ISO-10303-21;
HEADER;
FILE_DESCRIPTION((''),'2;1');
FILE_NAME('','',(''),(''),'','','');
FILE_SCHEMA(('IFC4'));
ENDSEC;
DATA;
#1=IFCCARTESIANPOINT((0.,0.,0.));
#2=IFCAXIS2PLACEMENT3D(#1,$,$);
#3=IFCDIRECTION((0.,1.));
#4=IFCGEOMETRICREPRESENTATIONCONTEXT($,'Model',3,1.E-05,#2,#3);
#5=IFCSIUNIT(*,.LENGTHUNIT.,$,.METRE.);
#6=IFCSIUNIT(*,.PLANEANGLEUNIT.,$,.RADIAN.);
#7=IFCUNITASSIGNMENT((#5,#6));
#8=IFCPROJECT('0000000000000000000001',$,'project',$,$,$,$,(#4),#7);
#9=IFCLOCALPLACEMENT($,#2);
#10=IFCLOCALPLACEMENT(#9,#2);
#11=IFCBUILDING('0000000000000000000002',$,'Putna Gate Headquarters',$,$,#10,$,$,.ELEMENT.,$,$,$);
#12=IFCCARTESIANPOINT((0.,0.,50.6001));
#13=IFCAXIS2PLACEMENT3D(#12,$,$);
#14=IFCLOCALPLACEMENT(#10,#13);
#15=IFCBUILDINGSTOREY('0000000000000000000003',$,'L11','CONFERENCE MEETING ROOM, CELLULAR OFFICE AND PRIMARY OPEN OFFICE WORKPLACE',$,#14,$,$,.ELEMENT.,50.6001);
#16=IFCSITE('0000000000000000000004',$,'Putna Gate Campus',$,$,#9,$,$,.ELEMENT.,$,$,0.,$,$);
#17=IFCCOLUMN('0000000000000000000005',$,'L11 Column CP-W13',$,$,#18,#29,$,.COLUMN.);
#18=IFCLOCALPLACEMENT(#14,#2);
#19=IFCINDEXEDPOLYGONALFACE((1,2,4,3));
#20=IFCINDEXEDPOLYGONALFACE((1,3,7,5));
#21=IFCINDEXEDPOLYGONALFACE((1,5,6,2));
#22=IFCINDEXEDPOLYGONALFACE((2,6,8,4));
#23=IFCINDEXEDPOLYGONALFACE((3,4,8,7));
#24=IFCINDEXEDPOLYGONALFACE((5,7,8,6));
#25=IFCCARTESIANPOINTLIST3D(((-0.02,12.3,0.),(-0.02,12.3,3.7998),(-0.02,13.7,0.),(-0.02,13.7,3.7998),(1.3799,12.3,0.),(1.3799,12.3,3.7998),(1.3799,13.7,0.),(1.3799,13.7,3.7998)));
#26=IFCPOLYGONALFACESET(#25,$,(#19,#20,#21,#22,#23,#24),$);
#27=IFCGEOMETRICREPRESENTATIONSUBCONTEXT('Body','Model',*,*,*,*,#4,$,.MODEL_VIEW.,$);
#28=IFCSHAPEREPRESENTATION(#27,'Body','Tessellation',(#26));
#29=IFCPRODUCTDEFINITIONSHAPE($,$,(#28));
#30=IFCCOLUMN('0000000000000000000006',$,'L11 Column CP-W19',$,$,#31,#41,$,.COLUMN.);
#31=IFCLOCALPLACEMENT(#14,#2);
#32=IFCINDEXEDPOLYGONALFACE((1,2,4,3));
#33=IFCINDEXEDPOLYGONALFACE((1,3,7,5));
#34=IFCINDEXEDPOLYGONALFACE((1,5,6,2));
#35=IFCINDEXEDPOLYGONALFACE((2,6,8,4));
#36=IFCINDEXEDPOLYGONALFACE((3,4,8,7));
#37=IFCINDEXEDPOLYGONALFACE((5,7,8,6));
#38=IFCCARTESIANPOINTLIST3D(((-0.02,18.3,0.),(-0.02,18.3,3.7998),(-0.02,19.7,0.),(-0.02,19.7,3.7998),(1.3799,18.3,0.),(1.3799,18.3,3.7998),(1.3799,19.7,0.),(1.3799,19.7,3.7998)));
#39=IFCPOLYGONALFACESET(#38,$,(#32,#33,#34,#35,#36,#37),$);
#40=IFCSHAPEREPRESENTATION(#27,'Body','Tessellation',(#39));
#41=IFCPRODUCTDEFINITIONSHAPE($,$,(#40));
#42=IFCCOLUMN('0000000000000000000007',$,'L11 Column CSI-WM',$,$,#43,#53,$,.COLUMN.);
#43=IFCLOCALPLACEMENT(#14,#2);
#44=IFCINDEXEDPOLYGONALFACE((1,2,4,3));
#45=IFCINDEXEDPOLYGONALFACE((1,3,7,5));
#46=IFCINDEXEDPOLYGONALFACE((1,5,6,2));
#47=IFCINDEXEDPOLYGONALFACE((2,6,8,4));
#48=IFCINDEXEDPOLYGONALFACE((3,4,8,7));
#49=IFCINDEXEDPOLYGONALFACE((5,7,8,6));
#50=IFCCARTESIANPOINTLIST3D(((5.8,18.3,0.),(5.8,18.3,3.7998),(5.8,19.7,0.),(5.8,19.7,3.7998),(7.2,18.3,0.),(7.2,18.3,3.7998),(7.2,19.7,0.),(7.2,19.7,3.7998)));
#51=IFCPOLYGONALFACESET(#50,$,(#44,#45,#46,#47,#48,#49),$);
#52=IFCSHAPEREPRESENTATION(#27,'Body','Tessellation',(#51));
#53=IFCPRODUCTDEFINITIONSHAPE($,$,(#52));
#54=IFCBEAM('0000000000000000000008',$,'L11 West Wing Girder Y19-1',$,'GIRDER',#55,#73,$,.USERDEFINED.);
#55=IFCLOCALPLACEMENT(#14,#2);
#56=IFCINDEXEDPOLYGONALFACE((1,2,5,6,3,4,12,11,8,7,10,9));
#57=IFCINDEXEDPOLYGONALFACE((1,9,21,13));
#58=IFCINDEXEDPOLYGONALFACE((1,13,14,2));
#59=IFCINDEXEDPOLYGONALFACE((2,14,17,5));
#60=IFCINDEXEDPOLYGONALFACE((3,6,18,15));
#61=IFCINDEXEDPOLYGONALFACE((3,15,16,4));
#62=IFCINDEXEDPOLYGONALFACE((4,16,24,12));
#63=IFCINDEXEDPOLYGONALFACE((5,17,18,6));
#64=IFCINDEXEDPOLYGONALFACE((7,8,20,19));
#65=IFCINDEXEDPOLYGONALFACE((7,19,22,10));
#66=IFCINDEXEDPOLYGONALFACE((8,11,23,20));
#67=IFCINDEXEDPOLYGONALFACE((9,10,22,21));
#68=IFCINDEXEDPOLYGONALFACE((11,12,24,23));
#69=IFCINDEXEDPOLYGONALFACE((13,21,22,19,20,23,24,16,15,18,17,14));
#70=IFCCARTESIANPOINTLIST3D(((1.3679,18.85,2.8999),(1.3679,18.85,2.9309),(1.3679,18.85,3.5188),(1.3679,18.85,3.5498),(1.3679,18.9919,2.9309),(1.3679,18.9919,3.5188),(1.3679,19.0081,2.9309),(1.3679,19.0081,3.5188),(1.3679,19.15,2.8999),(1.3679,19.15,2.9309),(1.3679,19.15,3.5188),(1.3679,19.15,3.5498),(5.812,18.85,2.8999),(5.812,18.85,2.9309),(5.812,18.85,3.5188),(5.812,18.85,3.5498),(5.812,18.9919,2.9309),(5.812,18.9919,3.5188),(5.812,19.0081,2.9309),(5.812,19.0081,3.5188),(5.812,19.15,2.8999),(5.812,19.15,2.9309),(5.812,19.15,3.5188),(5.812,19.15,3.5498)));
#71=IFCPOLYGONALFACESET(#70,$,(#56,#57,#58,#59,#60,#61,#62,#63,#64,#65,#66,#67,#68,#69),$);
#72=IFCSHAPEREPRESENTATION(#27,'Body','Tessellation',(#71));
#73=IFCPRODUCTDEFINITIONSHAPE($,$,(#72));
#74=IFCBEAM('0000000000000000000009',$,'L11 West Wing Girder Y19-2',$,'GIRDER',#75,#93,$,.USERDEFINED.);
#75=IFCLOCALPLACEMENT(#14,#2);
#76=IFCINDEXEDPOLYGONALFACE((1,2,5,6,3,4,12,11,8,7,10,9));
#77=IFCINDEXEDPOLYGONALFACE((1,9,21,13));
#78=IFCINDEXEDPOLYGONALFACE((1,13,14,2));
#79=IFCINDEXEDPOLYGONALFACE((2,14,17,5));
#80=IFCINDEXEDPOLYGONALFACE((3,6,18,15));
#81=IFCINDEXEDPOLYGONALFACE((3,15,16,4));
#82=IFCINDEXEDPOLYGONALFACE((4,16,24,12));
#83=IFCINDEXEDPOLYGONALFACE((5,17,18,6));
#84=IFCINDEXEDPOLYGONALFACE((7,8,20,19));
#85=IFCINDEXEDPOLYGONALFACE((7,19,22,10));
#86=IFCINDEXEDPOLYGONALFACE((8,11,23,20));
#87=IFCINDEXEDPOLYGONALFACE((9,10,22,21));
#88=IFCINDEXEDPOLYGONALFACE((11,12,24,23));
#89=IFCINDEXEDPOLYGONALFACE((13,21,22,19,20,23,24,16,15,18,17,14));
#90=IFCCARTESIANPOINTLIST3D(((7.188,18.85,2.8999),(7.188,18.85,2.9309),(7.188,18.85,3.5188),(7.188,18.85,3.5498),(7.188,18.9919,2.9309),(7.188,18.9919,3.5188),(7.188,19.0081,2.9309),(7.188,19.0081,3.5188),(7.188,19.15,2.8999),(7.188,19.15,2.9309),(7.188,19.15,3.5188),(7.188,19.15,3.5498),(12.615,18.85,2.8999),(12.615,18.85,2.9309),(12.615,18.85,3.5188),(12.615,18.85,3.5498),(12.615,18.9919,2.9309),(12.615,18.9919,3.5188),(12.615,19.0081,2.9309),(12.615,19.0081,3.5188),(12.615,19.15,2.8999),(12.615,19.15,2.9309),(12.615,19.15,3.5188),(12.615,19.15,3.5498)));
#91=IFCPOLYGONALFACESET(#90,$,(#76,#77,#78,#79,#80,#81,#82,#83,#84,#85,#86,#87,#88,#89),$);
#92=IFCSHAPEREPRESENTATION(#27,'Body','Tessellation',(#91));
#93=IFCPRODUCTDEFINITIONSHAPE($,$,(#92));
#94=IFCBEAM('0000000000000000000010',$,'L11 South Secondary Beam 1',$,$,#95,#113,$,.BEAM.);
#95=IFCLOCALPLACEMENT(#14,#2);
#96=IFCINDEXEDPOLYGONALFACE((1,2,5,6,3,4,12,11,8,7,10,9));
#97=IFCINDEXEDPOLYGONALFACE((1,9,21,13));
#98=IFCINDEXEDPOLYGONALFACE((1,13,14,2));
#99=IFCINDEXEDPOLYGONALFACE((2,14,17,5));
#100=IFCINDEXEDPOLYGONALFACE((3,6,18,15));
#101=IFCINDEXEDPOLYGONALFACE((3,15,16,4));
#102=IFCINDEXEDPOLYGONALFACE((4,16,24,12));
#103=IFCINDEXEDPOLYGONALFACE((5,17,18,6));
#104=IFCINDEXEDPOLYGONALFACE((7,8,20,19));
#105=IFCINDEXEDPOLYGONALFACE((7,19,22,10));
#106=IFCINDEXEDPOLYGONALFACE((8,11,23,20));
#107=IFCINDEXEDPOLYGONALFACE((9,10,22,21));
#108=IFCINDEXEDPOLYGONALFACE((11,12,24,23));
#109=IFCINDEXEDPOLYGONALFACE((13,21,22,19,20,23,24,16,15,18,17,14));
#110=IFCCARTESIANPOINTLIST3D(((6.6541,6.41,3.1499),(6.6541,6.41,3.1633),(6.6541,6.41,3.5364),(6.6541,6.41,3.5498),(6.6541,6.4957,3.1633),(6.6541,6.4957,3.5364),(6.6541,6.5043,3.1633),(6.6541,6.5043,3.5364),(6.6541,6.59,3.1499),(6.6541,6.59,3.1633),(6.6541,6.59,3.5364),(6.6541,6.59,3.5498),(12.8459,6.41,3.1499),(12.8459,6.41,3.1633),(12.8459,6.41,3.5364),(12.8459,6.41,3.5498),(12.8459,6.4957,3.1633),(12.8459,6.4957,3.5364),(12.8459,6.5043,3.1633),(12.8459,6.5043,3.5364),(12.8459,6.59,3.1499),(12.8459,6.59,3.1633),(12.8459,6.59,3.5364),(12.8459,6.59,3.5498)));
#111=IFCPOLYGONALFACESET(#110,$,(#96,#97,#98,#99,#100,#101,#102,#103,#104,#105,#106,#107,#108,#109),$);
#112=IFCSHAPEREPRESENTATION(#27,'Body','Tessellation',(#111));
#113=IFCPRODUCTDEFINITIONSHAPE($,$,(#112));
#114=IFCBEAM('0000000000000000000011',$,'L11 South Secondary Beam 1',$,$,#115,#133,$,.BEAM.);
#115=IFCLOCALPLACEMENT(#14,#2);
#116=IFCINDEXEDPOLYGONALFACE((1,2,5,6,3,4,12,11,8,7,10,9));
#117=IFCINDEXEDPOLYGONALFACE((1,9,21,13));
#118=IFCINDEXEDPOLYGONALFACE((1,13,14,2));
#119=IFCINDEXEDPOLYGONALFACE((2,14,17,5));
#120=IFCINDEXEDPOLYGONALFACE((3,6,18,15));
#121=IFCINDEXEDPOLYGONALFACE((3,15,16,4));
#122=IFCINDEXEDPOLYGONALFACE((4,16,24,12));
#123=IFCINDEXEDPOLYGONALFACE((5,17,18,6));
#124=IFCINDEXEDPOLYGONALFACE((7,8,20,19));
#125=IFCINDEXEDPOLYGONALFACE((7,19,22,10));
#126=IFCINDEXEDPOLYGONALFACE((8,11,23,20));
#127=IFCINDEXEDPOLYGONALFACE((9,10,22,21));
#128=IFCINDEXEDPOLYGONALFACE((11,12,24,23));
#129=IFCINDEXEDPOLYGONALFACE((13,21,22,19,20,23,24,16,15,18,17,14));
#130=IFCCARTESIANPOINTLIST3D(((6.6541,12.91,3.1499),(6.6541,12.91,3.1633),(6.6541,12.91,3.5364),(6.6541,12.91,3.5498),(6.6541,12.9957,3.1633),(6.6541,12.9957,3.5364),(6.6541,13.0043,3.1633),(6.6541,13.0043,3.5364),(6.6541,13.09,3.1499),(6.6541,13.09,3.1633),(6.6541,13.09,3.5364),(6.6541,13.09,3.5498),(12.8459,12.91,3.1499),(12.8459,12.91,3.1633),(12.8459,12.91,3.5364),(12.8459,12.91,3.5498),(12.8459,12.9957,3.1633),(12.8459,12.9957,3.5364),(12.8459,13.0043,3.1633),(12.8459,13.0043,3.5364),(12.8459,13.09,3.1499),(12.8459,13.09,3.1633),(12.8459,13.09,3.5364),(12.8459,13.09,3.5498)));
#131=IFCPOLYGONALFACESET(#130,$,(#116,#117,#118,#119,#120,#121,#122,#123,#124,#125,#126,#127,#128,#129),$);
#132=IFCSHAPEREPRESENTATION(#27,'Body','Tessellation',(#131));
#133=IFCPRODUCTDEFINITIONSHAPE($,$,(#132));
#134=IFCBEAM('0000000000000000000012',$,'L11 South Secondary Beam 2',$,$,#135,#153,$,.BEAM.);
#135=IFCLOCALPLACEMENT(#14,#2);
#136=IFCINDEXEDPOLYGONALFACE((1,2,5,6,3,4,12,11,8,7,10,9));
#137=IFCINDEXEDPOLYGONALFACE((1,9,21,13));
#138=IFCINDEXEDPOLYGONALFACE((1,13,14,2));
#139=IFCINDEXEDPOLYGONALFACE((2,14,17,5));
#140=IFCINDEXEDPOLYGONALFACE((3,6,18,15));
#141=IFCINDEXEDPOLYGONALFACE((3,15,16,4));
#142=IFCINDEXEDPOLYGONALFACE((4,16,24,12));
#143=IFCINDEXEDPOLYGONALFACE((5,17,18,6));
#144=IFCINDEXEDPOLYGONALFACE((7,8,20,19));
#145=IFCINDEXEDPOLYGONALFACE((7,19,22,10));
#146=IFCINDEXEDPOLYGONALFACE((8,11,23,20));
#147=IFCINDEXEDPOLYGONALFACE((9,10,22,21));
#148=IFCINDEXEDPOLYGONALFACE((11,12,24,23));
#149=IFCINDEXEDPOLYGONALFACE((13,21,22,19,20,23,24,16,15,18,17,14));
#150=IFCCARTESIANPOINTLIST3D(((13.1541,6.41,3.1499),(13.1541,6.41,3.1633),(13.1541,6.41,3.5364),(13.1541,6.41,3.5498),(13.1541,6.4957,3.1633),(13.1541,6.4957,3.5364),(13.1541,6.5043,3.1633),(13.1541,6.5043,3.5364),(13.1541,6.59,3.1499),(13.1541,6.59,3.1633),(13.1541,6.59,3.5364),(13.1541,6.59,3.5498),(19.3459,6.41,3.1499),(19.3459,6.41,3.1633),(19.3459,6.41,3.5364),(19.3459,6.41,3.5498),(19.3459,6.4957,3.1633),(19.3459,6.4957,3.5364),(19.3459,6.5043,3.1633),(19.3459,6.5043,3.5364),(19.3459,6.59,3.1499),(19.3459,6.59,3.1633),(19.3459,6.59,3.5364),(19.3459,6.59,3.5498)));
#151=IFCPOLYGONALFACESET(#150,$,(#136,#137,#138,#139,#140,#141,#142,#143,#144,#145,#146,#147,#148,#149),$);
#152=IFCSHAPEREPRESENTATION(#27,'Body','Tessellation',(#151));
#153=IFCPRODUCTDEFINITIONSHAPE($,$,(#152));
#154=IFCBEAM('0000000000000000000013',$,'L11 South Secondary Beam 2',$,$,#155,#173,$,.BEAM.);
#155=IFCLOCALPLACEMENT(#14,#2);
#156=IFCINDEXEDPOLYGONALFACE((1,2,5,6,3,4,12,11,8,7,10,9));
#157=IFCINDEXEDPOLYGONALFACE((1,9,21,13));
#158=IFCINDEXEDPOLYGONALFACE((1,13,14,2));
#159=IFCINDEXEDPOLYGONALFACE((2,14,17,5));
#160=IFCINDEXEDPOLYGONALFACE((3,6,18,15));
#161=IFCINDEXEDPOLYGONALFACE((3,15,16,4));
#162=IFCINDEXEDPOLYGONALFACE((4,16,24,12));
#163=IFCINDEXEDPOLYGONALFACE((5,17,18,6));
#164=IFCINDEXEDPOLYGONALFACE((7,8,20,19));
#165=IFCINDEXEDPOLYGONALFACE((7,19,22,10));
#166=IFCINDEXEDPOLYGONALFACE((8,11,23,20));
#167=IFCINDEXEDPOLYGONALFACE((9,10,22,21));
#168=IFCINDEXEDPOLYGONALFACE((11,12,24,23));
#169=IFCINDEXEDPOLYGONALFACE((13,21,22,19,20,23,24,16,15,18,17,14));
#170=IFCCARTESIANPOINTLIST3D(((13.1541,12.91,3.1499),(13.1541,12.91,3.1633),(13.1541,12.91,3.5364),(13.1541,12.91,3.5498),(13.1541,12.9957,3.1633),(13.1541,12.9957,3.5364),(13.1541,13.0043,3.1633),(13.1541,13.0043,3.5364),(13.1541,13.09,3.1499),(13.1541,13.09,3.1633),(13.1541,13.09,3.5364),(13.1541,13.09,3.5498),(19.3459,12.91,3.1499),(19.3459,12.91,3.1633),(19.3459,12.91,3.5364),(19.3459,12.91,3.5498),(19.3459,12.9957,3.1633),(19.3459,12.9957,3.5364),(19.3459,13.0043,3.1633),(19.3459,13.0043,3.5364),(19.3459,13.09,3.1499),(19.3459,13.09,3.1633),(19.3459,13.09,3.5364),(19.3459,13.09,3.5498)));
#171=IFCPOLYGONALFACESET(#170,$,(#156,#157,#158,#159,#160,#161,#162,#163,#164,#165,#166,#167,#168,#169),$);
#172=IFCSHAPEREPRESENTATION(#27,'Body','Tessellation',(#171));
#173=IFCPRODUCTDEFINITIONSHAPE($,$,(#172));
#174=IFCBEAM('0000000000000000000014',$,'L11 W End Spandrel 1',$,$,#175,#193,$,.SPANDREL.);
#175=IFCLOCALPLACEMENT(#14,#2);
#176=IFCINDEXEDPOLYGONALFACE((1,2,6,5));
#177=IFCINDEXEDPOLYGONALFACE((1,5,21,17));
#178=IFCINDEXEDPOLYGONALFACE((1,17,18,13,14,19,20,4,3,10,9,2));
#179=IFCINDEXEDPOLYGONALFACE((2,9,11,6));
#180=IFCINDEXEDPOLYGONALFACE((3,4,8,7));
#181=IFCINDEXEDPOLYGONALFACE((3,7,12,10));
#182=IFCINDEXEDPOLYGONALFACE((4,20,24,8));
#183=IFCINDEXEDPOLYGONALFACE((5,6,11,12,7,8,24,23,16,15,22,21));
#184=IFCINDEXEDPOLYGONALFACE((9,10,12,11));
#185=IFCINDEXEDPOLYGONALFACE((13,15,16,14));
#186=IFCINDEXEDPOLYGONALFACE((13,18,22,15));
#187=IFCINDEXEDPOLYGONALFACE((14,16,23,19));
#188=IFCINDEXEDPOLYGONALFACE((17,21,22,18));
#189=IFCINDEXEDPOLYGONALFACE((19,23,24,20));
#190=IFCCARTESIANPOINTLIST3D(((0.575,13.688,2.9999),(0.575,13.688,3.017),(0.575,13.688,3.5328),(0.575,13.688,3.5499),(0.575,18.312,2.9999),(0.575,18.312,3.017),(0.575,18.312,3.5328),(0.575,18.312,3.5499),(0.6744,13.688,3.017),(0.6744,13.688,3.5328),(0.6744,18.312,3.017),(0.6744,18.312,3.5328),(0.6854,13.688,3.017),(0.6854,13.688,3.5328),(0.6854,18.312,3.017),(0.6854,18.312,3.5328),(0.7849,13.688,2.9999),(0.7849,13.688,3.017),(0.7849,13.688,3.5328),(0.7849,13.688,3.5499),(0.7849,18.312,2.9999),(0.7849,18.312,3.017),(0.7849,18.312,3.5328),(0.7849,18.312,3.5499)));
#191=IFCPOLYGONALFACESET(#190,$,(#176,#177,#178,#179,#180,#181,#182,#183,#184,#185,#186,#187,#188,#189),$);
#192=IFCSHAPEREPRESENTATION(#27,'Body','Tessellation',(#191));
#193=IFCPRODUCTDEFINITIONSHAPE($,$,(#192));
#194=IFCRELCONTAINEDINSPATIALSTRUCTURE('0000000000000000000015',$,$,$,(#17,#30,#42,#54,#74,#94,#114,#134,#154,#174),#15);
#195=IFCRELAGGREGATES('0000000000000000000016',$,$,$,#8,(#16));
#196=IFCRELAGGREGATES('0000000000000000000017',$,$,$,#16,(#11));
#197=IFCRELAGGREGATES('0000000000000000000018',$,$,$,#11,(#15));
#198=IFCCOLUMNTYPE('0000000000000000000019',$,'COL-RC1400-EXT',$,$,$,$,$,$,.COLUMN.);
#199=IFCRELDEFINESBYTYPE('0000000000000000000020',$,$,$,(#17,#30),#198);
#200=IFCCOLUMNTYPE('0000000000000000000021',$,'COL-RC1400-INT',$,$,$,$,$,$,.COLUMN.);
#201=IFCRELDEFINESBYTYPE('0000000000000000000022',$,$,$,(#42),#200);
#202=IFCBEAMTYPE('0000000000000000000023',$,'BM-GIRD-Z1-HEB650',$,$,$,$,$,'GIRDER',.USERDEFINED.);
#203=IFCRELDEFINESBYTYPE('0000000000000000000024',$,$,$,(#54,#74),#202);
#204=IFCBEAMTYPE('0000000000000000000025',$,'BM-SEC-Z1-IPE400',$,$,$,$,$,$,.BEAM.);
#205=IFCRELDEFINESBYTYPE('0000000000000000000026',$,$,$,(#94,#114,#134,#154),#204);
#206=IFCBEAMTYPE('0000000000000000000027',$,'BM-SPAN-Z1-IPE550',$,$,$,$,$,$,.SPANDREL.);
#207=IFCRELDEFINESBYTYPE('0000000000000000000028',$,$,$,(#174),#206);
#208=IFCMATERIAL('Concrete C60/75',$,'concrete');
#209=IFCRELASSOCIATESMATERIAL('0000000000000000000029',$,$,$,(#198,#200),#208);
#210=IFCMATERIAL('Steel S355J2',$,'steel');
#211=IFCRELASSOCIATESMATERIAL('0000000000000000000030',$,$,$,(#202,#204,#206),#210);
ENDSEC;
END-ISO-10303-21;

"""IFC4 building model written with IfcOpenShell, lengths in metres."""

from ifc_helpers import new_model, si_unit, direction, frame, origin, origin_2d, place, context, subcontext, project, spatial, rectangle, i_section, extrude, material, material_profile, profile_set, type_object, element, save


model = new_model("IFC4")

# Units and contexts
model_context = context("Model", 3, precision=1e-05, world=origin(), true_north=direction((0.0, 1.0)))
body_context = subcontext(model_context, "Body", "Model", "MODEL_VIEW")
ifc_project = project(units=[si_unit("LENGTHUNIT", "METRE"), si_unit("PLANEANGLEUNIT", "RADIAN")], contexts=[model_context])

# Site, building, storey
site_placement = place(None, origin())
site = spatial("IfcSite", under=ifc_project, at=site_placement, Name="Putna Gate Campus", CompositionType="ELEMENT", RefElevation=0.0)
building_placement = place(site_placement, origin())
building = spatial("IfcBuilding", under=site, at=building_placement, Name="Putna Gate Headquarters", CompositionType="ELEMENT")
storey_placement = place(building_placement, frame((0.0, 0.0, 50.6001)))
storey = spatial("IfcBuildingStorey", under=building, at=storey_placement, Name="L11", Description="CONFERENCE MEETING ROOM, CELLULAR OFFICE AND PRIMARY OPEN OFFICE WORKPLACE", CompositionType="ELEMENT", Elevation=50.6001)

# Columns
ifc_material_1 = material(Name="Concrete C60/75", Category="concrete")
ifc_material_profile_1 = material_profile(ifc_material_1, rectangle(XDim=1.3999, YDim=1.3999, at=origin_2d()), Name="Concrete C60/75")
ifc_profile_set_1 = profile_set([ifc_material_profile_1], Name="Concrete C60/75")
column_type_1 = type_object("IfcColumnType", Name="COL-RC1400-EXT", PredefinedType="COLUMN", material=ifc_profile_set_1)
for number, where, z_axis, x_axis, name in (
    (1, (0.6799, 13.0, 0.0), (0.0, 0.0, 1.0), (1.0, 0.0, 0.0), "L11 Column CP-W13"),
    (2, (0.6799, 19.0, 0.0), (0.0, 0.0, 1.0), (1.0, 0.0, 0.0), "L11 Column CP-W19"),
):
    element("IfcColumn", number, at=place(storey_placement, frame(where, z_axis=z_axis, x_axis=x_axis)), inside=storey, type_object=column_type_1, Name=name, PredefinedType="COLUMN", context=body_context, shape_type="SweptSolid", body=[
        extrude(rectangle(XDim=1.3999, YDim=1.3999, at=origin_2d()), origin(), (0.0, 0.0, 1.0), 3.7998),
    ])
ifc_material_profile_2 = material_profile(ifc_material_1, rectangle(XDim=1.3999, YDim=1.3999, at=origin_2d()), Name="Concrete C60/75")
ifc_profile_set_2 = profile_set([ifc_material_profile_2], Name="Concrete C60/75")
column_type_2 = type_object("IfcColumnType", Name="COL-RC1400-INT", PredefinedType="COLUMN", material=ifc_profile_set_2)
column_placement = place(storey_placement, frame((6.5, 19.0, 0.0), z_axis=(0.0, 0.0, 1.0), x_axis=(1.0, 0.0, 0.0)))
element("IfcColumn", 3, at=column_placement, inside=storey, type_object=column_type_2, Name="L11 Column CSI-WM", PredefinedType="COLUMN", context=body_context, shape_type="SweptSolid", body=[
    extrude(rectangle(XDim=1.3999, YDim=1.3999, at=origin_2d()), origin(), (0.0, 0.0, 1.0), 3.7998),
])

# Beams
ifc_material_2 = material(Name="Steel S355J2", Category="steel")
ifc_material_profile_3 = material_profile(ifc_material_2, i_section(OverallWidth=0.3, OverallDepth=0.6499, WebThickness=0.0161, FlangeThickness=0.031, at=origin_2d()), Name="Steel S355J2")
ifc_profile_set_3 = profile_set([ifc_material_profile_3], Name="Steel S355J2")
beam_type_1 = type_object("IfcBeamType", Name="BM-GIRD-Z1-HEB650", ElementType="GIRDER", PredefinedType="USERDEFINED", material=ifc_profile_set_3)
beam_1_placement = place(storey_placement, frame((1.3679, 19.0, 3.2249), z_axis=(1.0, 0.0, 0.0), x_axis=(0.0, 1.0, 0.0)))
element("IfcBeam", 4, at=beam_1_placement, inside=storey, type_object=beam_type_1, Name="L11 West Wing Girder Y19-1", ObjectType="GIRDER", PredefinedType="USERDEFINED", context=body_context, shape_type="SweptSolid", body=[
    extrude(i_section(OverallWidth=0.3, OverallDepth=0.6499, WebThickness=0.0161, FlangeThickness=0.031, at=origin_2d()), origin(), (0.0, 0.0, 1.0), 4.4441),
])
beam_2_placement = place(storey_placement, frame((7.188, 19.0, 3.2249), z_axis=(1.0, 0.0, 0.0), x_axis=(0.0, 1.0, 0.0)))
element("IfcBeam", 5, at=beam_2_placement, inside=storey, type_object=beam_type_1, Name="L11 West Wing Girder Y19-2", ObjectType="GIRDER", PredefinedType="USERDEFINED", context=body_context, shape_type="SweptSolid", body=[
    extrude(i_section(OverallWidth=0.3, OverallDepth=0.6499, WebThickness=0.0161, FlangeThickness=0.031, at=origin_2d()), origin(), (0.0, 0.0, 1.0), 5.427),
])
ifc_material_profile_4 = material_profile(ifc_material_2, i_section(OverallWidth=0.1799, OverallDepth=0.3999, WebThickness=0.0085, FlangeThickness=0.0134, at=origin_2d()), Name="Steel S355J2")
ifc_profile_set_4 = profile_set([ifc_material_profile_4], Name="Steel S355J2")
beam_type_2 = type_object("IfcBeamType", Name="BM-SEC-Z1-IPE400", PredefinedType="BEAM", material=ifc_profile_set_4)
for number, where, z_axis, x_axis, name in (
    (6, (6.6541, 6.5, 3.3499), (1.0, 0.0, 0.0), (0.0, 1.0, 0.0), "L11 South Secondary Beam 1"),
    (7, (6.6541, 13.0, 3.3499), (1.0, 0.0, 0.0), (0.0, 1.0, 0.0), "L11 South Secondary Beam 1"),
    (8, (13.1541, 6.5, 3.3499), (1.0, 0.0, 0.0), (0.0, 1.0, 0.0), "L11 South Secondary Beam 2"),
    (9, (13.1541, 13.0, 3.3499), (1.0, 0.0, 0.0), (0.0, 1.0, 0.0), "L11 South Secondary Beam 2"),
):
    element("IfcBeam", number, at=place(storey_placement, frame(where, z_axis=z_axis, x_axis=x_axis)), inside=storey, type_object=beam_type_2, Name=name, PredefinedType="BEAM", context=body_context, shape_type="SweptSolid", body=[
        extrude(i_section(OverallWidth=0.1799, OverallDepth=0.3999, WebThickness=0.0085, FlangeThickness=0.0134, at=origin_2d()), origin(), (0.0, 0.0, 1.0), 6.1919),
    ])
ifc_material_profile_5 = material_profile(ifc_material_2, i_section(OverallWidth=0.21, OverallDepth=0.55, WebThickness=0.011, FlangeThickness=0.0171, at=origin_2d()), Name="Steel S355J2")
ifc_profile_set_5 = profile_set([ifc_material_profile_5], Name="Steel S355J2")
beam_type_3 = type_object("IfcBeamType", Name="BM-SPAN-Z1-IPE550", PredefinedType="SPANDREL", material=ifc_profile_set_5)
beam_3_placement = place(storey_placement, frame((0.6799, 13.688, 3.2749), z_axis=(0.0, 1.0, 0.0), x_axis=(-1.0, 0.0, 0.0)))
element("IfcBeam", 10, at=beam_3_placement, inside=storey, type_object=beam_type_3, Name="L11 W End Spandrel 1", PredefinedType="SPANDREL", context=body_context, shape_type="SweptSolid", body=[
    extrude(i_section(OverallWidth=0.21, OverallDepth=0.55, WebThickness=0.011, FlangeThickness=0.0171, at=origin_2d()), origin(), (0.0, 0.0, 1.0), 4.624),
])

save(model, "model.ifc")
